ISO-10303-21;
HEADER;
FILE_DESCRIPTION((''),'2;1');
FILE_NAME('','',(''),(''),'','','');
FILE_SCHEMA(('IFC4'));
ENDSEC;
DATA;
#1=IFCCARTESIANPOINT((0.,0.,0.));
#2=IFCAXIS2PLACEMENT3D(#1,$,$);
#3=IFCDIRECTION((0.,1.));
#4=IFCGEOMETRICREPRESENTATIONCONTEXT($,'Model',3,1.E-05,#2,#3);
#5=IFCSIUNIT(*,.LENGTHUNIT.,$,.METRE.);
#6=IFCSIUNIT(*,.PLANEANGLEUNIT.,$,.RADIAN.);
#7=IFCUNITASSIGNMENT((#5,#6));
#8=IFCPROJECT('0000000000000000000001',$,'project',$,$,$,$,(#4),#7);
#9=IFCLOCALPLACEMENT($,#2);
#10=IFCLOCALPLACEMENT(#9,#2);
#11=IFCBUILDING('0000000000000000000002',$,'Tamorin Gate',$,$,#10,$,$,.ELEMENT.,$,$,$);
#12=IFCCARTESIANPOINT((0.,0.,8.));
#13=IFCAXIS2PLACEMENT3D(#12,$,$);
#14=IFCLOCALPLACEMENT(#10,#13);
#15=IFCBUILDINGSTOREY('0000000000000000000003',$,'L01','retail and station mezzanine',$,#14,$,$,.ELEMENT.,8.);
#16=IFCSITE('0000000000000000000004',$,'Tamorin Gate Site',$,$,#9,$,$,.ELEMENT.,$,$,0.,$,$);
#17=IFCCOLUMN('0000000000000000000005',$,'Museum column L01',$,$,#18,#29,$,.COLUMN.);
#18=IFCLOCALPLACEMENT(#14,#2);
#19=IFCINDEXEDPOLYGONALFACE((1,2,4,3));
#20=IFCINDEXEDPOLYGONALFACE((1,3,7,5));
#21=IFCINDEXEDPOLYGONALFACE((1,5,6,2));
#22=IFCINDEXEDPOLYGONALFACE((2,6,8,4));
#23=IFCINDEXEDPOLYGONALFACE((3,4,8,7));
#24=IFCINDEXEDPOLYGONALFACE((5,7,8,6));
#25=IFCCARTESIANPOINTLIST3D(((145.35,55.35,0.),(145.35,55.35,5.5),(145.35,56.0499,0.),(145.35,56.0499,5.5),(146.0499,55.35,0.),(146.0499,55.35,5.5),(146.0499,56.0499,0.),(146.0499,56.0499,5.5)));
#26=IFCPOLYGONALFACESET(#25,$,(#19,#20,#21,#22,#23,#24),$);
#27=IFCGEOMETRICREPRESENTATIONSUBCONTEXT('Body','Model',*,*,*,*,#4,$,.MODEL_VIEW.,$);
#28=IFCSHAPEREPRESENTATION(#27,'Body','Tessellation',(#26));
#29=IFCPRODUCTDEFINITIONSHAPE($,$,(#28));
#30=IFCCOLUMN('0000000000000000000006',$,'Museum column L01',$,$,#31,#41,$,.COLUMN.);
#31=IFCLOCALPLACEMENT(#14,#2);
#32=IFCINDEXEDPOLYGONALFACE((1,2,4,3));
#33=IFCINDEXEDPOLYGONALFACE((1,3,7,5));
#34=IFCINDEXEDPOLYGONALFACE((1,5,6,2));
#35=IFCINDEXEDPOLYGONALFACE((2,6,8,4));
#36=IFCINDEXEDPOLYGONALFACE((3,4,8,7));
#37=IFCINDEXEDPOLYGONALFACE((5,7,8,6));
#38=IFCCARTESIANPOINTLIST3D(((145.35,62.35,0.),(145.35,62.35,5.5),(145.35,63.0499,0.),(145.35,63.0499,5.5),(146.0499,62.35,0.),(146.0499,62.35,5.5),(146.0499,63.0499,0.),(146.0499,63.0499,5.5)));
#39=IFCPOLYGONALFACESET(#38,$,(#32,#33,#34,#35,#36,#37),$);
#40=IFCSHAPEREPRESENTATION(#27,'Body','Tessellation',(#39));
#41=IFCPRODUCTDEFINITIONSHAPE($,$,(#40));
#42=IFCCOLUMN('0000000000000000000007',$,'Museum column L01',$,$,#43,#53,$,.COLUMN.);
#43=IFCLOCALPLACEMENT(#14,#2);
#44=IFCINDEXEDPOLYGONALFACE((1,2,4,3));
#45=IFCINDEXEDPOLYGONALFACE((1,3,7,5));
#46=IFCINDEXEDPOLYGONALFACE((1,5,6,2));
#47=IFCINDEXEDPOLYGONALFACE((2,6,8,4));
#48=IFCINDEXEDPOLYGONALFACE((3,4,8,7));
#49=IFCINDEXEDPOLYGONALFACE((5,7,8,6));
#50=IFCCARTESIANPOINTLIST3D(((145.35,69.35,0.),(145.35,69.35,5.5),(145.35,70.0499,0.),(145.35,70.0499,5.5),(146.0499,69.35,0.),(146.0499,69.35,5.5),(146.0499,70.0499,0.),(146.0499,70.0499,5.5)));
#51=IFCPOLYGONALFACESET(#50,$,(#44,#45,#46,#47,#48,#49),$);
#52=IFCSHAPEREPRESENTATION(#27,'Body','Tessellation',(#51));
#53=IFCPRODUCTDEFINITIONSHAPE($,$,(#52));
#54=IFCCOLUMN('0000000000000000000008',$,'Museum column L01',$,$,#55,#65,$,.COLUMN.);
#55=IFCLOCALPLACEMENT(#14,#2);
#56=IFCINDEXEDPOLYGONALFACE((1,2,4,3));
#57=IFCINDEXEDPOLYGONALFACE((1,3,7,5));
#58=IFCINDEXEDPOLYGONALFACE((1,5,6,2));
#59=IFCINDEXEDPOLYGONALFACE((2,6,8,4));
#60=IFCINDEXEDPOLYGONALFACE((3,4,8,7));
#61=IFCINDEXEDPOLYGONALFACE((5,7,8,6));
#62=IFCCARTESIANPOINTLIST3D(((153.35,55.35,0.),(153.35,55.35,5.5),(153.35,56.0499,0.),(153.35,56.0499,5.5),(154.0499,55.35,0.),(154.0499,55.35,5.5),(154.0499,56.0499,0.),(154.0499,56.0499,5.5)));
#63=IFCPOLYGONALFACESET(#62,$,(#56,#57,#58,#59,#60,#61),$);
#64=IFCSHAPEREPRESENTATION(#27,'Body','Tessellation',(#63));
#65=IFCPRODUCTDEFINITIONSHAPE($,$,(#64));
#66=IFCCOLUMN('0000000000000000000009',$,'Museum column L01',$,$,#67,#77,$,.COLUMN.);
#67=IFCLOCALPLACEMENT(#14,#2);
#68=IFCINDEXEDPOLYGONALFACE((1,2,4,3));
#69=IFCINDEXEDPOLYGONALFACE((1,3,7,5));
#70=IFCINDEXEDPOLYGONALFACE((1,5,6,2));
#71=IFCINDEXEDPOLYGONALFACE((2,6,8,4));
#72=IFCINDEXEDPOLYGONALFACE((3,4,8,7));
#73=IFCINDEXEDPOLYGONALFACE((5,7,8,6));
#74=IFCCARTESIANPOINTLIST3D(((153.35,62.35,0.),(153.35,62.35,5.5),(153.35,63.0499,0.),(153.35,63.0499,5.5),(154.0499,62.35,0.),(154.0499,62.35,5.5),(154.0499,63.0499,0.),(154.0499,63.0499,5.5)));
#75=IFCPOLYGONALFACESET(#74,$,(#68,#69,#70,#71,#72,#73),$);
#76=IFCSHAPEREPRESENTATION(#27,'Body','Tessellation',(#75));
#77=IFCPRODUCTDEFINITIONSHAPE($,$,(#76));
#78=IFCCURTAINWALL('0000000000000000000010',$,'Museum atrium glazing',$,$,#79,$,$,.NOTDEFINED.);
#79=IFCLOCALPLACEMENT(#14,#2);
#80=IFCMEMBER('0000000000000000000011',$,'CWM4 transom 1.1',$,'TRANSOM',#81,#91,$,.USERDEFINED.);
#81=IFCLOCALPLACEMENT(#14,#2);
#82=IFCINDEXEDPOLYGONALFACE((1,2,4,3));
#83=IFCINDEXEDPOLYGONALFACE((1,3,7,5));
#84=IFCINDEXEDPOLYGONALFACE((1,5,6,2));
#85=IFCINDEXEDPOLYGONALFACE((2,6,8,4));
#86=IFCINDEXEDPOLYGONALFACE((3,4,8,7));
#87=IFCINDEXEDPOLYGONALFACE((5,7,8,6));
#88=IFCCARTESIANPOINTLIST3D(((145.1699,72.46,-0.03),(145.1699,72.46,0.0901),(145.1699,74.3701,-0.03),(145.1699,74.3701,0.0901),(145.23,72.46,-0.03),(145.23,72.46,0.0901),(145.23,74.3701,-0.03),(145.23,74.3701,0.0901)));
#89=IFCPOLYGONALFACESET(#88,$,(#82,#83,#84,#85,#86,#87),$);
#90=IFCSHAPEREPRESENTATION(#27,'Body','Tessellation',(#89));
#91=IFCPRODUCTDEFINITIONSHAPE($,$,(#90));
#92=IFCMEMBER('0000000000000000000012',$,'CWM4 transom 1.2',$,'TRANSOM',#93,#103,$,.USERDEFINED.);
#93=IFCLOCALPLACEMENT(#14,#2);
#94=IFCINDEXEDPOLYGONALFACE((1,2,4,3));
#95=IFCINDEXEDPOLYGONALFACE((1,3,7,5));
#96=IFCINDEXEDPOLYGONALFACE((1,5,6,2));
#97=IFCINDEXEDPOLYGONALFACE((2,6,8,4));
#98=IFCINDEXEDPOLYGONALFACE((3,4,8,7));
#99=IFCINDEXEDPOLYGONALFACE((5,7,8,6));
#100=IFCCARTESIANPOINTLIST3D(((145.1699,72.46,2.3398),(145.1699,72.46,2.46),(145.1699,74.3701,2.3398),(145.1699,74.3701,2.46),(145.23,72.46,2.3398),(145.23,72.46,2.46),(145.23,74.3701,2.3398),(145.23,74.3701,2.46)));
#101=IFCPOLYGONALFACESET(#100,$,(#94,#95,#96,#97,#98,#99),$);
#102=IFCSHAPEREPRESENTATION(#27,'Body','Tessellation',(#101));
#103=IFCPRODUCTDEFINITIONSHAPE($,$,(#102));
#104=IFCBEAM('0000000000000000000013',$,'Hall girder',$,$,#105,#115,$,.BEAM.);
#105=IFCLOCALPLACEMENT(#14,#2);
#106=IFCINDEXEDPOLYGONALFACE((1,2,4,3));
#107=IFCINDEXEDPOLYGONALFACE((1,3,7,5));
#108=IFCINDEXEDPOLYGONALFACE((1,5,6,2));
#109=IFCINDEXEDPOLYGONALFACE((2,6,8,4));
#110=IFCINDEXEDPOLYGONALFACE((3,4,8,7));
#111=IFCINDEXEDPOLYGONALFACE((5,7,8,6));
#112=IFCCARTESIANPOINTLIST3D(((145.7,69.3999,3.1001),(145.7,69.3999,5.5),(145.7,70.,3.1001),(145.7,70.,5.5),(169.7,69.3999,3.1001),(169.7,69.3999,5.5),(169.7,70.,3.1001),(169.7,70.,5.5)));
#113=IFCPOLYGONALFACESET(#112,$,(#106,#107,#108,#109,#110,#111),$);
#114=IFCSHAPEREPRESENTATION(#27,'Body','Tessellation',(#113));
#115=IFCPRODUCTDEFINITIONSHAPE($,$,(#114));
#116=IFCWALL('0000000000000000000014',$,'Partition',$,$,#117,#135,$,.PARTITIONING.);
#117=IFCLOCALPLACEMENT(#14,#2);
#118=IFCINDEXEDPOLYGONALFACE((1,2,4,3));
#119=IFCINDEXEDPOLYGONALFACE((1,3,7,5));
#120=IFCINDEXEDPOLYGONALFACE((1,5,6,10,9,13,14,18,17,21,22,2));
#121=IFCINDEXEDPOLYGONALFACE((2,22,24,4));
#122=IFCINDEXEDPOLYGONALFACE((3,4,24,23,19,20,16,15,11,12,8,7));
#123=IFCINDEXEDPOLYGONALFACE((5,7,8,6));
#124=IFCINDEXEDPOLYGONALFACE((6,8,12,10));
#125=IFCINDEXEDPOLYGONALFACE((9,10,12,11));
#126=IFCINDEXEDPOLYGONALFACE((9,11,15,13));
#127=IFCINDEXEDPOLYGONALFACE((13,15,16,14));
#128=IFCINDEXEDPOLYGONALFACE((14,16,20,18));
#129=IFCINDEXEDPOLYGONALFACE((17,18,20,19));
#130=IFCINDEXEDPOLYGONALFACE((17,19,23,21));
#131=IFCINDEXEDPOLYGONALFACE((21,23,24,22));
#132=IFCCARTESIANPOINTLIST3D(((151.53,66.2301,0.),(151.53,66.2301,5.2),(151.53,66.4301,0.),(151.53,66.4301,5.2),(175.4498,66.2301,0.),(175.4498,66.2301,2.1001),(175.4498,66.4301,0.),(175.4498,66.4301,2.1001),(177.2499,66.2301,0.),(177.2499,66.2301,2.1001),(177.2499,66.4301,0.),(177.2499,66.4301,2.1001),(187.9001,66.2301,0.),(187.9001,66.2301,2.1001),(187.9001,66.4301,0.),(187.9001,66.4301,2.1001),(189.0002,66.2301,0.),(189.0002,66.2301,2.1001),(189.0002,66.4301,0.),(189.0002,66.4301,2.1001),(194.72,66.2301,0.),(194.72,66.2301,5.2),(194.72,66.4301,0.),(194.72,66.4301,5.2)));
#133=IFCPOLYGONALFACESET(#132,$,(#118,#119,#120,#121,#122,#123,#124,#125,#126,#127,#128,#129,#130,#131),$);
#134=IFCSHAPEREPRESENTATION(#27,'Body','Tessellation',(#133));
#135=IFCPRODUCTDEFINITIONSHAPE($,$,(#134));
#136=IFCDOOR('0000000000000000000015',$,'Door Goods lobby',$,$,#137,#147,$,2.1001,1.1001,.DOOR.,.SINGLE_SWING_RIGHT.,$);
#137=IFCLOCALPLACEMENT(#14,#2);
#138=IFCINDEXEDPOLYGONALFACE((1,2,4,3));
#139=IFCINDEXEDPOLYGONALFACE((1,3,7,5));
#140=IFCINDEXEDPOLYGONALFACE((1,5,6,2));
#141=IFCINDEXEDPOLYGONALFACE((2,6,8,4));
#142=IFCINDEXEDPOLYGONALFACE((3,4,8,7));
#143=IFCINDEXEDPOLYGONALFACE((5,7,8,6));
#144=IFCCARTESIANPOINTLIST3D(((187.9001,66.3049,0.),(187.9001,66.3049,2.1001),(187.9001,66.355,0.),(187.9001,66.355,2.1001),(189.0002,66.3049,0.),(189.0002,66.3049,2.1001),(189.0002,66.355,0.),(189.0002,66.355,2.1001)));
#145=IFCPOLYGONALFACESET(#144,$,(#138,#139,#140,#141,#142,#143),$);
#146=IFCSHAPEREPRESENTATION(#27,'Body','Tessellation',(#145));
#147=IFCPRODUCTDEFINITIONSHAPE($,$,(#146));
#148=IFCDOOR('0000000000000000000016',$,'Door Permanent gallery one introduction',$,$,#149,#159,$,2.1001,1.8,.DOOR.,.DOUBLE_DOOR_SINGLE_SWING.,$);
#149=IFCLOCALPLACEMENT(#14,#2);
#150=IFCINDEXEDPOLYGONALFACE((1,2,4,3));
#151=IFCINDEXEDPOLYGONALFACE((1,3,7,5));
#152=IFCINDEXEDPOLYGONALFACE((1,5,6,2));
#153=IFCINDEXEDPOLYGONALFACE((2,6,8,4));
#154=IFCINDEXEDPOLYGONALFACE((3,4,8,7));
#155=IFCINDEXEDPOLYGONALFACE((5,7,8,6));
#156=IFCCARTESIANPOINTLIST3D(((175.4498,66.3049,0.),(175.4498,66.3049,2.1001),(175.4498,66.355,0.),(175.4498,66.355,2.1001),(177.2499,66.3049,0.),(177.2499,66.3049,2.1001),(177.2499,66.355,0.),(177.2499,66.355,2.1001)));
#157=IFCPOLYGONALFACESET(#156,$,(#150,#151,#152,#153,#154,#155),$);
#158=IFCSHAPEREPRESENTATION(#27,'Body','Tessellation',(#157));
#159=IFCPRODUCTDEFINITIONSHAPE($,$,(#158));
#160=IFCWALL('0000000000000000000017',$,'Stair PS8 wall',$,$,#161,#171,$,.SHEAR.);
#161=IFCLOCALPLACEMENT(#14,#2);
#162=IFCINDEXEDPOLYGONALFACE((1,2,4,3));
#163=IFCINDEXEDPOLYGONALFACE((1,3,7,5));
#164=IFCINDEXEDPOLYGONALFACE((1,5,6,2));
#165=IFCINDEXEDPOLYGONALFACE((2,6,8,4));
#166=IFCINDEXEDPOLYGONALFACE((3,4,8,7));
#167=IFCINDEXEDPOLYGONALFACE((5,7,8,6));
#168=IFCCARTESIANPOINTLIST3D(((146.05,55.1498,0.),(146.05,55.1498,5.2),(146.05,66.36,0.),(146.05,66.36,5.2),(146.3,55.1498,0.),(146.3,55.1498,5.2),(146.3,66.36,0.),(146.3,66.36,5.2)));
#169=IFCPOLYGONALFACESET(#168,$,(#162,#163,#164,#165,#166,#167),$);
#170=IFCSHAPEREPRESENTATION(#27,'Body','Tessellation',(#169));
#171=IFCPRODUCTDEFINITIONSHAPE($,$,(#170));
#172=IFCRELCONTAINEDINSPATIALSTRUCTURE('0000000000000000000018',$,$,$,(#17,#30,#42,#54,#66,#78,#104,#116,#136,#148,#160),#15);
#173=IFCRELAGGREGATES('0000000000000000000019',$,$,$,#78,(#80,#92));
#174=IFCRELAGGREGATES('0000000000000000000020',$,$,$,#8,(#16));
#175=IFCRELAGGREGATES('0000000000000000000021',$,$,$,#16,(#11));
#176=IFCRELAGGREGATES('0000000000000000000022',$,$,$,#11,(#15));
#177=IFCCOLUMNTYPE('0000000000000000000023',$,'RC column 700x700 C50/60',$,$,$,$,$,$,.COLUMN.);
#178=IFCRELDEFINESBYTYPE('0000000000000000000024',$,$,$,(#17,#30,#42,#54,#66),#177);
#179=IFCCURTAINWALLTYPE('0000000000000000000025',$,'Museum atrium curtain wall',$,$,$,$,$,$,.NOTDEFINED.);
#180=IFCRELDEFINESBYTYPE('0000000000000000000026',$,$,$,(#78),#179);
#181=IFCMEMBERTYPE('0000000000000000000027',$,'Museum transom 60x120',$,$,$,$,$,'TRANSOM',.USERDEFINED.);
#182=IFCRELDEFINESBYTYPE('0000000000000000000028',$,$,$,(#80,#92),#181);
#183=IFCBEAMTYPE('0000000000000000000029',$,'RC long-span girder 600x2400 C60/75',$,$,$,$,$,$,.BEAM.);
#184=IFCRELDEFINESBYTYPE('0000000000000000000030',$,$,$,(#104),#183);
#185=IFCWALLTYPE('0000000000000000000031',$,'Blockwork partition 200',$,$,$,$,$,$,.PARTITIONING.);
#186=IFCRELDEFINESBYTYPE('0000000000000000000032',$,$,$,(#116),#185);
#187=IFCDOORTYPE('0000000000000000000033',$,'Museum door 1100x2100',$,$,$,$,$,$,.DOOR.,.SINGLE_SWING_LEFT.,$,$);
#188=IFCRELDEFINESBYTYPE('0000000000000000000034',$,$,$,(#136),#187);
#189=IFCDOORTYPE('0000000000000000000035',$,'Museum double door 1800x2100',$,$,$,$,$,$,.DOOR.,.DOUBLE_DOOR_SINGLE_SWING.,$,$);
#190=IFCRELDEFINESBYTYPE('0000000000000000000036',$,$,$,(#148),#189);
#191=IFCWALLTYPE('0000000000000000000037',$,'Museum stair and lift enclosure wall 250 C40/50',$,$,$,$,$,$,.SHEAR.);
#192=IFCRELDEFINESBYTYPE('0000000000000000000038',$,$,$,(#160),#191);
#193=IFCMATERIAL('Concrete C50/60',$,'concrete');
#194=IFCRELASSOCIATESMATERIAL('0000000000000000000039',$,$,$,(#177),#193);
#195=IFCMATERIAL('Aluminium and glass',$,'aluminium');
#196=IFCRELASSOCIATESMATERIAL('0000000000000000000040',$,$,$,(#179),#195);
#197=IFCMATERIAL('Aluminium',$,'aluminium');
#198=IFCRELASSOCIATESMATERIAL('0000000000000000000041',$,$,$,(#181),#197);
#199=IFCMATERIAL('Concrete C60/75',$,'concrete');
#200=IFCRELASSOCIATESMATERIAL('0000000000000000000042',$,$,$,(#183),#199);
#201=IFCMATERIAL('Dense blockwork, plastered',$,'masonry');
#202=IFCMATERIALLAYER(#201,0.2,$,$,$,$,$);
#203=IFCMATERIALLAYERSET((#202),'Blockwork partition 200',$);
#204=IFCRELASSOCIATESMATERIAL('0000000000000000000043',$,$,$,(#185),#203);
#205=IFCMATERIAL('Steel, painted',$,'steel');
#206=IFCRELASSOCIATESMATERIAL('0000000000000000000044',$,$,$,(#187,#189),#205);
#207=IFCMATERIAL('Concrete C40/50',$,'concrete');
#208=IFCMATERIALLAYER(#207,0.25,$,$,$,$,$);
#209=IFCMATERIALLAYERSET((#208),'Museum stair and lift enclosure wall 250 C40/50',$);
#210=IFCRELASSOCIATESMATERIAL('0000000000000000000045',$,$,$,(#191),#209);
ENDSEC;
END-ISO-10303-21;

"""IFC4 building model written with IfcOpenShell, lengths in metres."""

from ifc_helpers import new_model, si_unit, direction, frame, frame_2d, origin, origin_2d, place, context, subcontext, project, spatial, rectangle, extrude, material, layer, layer_set, material_profile, profile_set, type_object, element, fill, aggregate, save


model = new_model("IFC4")

# Units and contexts
model_context = context("Model", 3, precision=1e-05, world=origin(), true_north=direction((0.0, 1.0)))
body_context = subcontext(model_context, "Body", "Model", "MODEL_VIEW")
ifc_project = project(units=[si_unit("LENGTHUNIT", "METRE"), si_unit("PLANEANGLEUNIT", "RADIAN")], contexts=[model_context])

# Site, building, storey
site_placement = place(None, origin())
site = spatial("IfcSite", under=ifc_project, at=site_placement, Name="Tamorin Gate Site", CompositionType="ELEMENT", RefElevation=0.0)
building_placement = place(site_placement, origin())
building = spatial("IfcBuilding", under=site, at=building_placement, Name="Tamorin Gate", CompositionType="ELEMENT")
storey_placement = place(building_placement, frame((0.0, 0.0, 8.0)))
storey = spatial("IfcBuildingStorey", under=building, at=storey_placement, Name="L01", Description="retail and station mezzanine", CompositionType="ELEMENT", Elevation=8.0)

# Columns
ifc_material_1 = material(Name="Concrete C50/60", Category="concrete")
ifc_material_profile_1 = material_profile(ifc_material_1, rectangle(XDim=0.7, YDim=0.7, at=origin_2d()), Name="RC 700x700")
ifc_profile_set_1 = profile_set([ifc_material_profile_1], Name="Concrete C50/60")
column_type = type_object("IfcColumnType", Name="RC column 700x700 C50/60", PredefinedType="COLUMN", material=ifc_profile_set_1)
for number, where, z_axis, x_axis, name in (
    (1, (145.7, 55.7, 0.0), (0.0, 0.0, 1.0), (1.0, 0.0, 0.0), "Museum column L01"),
    (2, (145.7, 62.7, 0.0), (0.0, 0.0, 1.0), (1.0, 0.0, 0.0), "Museum column L01"),
    (3, (145.7, 69.7, 0.0), (0.0, 0.0, 1.0), (1.0, 0.0, 0.0), "Museum column L01"),
    (4, (153.7, 55.7, 0.0), (0.0, 0.0, 1.0), (1.0, 0.0, 0.0), "Museum column L01"),
    (5, (153.7, 62.7, 0.0), (0.0, 0.0, 1.0), (1.0, 0.0, 0.0), "Museum column L01"),
):
    element("IfcColumn", number, at=place(storey_placement, frame(where, z_axis=z_axis, x_axis=x_axis)), inside=storey, type_object=column_type, Name=name, PredefinedType="COLUMN", context=body_context, shape_type="SweptSolid", body=[
        extrude(rectangle(XDim=0.7, YDim=0.7, at=origin_2d()), origin(), (0.0, 0.0, 1.0), 5.5),
    ])

# Curtain wall, members
ifc_material_2 = material(Name="Aluminium and glass", Category="aluminium")
curtain_wall_type = type_object("IfcCurtainWallType", Name="Museum atrium curtain wall", PredefinedType="NOTDEFINED", material=ifc_material_2)
curtain_wall_placement = place(storey_placement, origin())
curtain_wall = element("IfcCurtainWall", 6, at=curtain_wall_placement, inside=storey, type_object=curtain_wall_type, Name="Museum atrium glazing", PredefinedType="NOTDEFINED")
ifc_material_3 = material(Name="Aluminium", Category="aluminium")
ifc_material_profile_2 = material_profile(ifc_material_3, rectangle(XDim=0.0601, YDim=0.1201, at=origin_2d()), Name="RECT 60x120")
ifc_profile_set_2 = profile_set([ifc_material_profile_2], Name="Aluminium")
member_type = type_object("IfcMemberType", Name="Museum transom 60x120", ElementType="TRANSOM", PredefinedType="USERDEFINED", material=ifc_profile_set_2)
member_1_placement = place(storey_placement, frame((145.2, 72.46, 0.03), z_axis=(0.0, 1.0, 0.0), x_axis=(-1.0, 0.0, 0.0)))
member_1 = element("IfcMember", 7, at=member_1_placement, type_object=member_type, Name="CWM4 transom 1.1", ObjectType="TRANSOM", PredefinedType="USERDEFINED", context=body_context, shape_type="SweptSolid", body=[
    extrude(rectangle(XDim=0.0601, YDim=0.1201, at=origin_2d()), origin(), (0.0, 0.0, 1.0), 1.9102),
])
member_2_placement = place(storey_placement, frame((145.2, 72.46, 2.3999), z_axis=(0.0, 1.0, 0.0), x_axis=(-1.0, 0.0, 0.0)))
member_2 = element("IfcMember", 8, at=member_2_placement, type_object=member_type, Name="CWM4 transom 1.2", ObjectType="TRANSOM", PredefinedType="USERDEFINED", context=body_context, shape_type="SweptSolid", body=[
    extrude(rectangle(XDim=0.0601, YDim=0.1201, at=origin_2d()), origin(), (0.0, 0.0, 1.0), 1.9102),
])
aggregate(curtain_wall, [member_1, member_2])

# Beam
ifc_material_4 = material(Name="Concrete C60/75", Category="concrete")
ifc_material_profile_3 = material_profile(ifc_material_4, rectangle(XDim=0.6001, YDim=2.3999, at=origin_2d()))
ifc_profile_set_3 = profile_set([ifc_material_profile_3], Name="Concrete C60/75")
beam_type = type_object("IfcBeamType", Name="RC long-span girder 600x2400 C60/75", PredefinedType="BEAM", material=ifc_profile_set_3)
beam_placement = place(storey_placement, frame((145.7, 69.7, 4.3), z_axis=(1.0, 0.0, 0.0), x_axis=(0.0, 1.0, 0.0)))
element("IfcBeam", 9, at=beam_placement, inside=storey, type_object=beam_type, Name="Hall girder", PredefinedType="BEAM", context=body_context, shape_type="SweptSolid", body=[
    extrude(rectangle(XDim=0.6001, YDim=2.3999, at=origin_2d()), origin(), (0.0, 0.0, 1.0), 24.0),
])

# Wall, openings, doors
ifc_material_5 = material(Name="Dense blockwork, plastered", Category="masonry")
ifc_layer_1 = layer(ifc_material_5, 0.2)
ifc_layer_set_1 = layer_set([ifc_layer_1], Name="Blockwork partition 200")
wall_type_1 = type_object("IfcWallType", Name="Blockwork partition 200", PredefinedType="PARTITIONING", material=ifc_layer_set_1)
wall_1_placement = place(storey_placement, frame((151.53, 66.3301, 0.0), z_axis=(0.0, 0.0, 1.0), x_axis=(1.0, 0.0, 0.0)))
wall_1 = element("IfcWall", 10, at=wall_1_placement, inside=storey, type_object=wall_type_1, Name="Partition", PredefinedType="PARTITIONING", context=body_context, shape_type="SweptSolid", body=[
    extrude(rectangle(XDim=43.1899, YDim=0.2, at=frame_2d((21.595, 0.0))), origin(), (0.0, 0.0, 1.0), 5.2),
])
opening_1_placement = place(wall_1_placement, frame((23.9199, 0.0, 0.0)))
opening_1 = element("IfcOpeningElement", 11, at=opening_1_placement, cuts=wall_1, PredefinedType="OPENING", context=body_context, shape_type="SweptSolid", body=[
    extrude(rectangle(XDim=1.8, YDim=2.1001, at=frame_2d((0.8999, 1.05))), frame((0.0, 0.1099, 0.0), z_axis=(0.0, -1.0, 0.0), x_axis=(1.0, 0.0, 0.0)), (0.0, 0.0, 1.0), 0.22),
])
opening_2_placement = place(wall_1_placement, frame((36.3701, 0.0, 0.0)))
opening_2 = element("IfcOpeningElement", 12, at=opening_2_placement, cuts=wall_1, PredefinedType="OPENING", context=body_context, shape_type="SweptSolid", body=[
    extrude(rectangle(XDim=1.1001, YDim=2.1001, at=frame_2d((0.55, 1.05))), frame((0.0, 0.1099, 0.0), z_axis=(0.0, -1.0, 0.0), x_axis=(1.0, 0.0, 0.0)), (0.0, 0.0, 1.0), 0.22),
])
ifc_material_6 = material(Name="Steel, painted", Category="steel")
door_type_1 = type_object("IfcDoorType", Name="Museum door 1100x2100", OperationType="SINGLE_SWING_LEFT", PredefinedType="DOOR", material=ifc_material_6)
door_1_placement = place(opening_2_placement, origin())
door_1 = element("IfcDoor", 13, at=door_1_placement, inside=storey, type_object=door_type_1, Name="Door Goods lobby", OperationType="SINGLE_SWING_RIGHT", OverallHeight=2.1001, OverallWidth=1.1001, PredefinedType="DOOR", context=body_context, shape_type="SweptSolid", body=[
    extrude(rectangle(XDim=1.1001, YDim=2.1001, at=frame_2d((0.55, 1.05))), frame((0.0, 0.0249, 0.0), z_axis=(0.0, -1.0, 0.0), x_axis=(1.0, 0.0, 0.0)), (0.0, 0.0, 1.0), 0.05),
])
fill(opening_2, door_1)
door_type_2 = type_object("IfcDoorType", Name="Museum double door 1800x2100", OperationType="DOUBLE_DOOR_SINGLE_SWING", PredefinedType="DOOR", material=ifc_material_6)
door_2_placement = place(opening_1_placement, origin())
door_2 = element("IfcDoor", 14, at=door_2_placement, inside=storey, type_object=door_type_2, Name="Door Permanent gallery one introduction", OperationType="DOUBLE_DOOR_SINGLE_SWING", OverallHeight=2.1001, OverallWidth=1.8, PredefinedType="DOOR", context=body_context, shape_type="SweptSolid", body=[
    extrude(rectangle(XDim=1.8, YDim=2.1001, at=frame_2d((0.8999, 1.05))), frame((0.0, 0.0249, 0.0), z_axis=(0.0, -1.0, 0.0), x_axis=(1.0, 0.0, 0.0)), (0.0, 0.0, 1.0), 0.05),
])
fill(opening_1, door_2)

# Wall
ifc_material_7 = material(Name="Concrete C40/50", Category="concrete")
ifc_layer_2 = layer(ifc_material_7, 0.25)
ifc_layer_set_2 = layer_set([ifc_layer_2], Name="Museum stair and lift enclosure wall 250 C40/50")
wall_type_2 = type_object("IfcWallType", Name="Museum stair and lift enclosure wall 250 C40/50", PredefinedType="SHEAR", material=ifc_layer_set_2)
wall_2_placement = place(storey_placement, frame((146.175, 55.1499, 0.0), z_axis=(0.0, 0.0, 1.0), x_axis=(0.0, 1.0, 0.0)))
element("IfcWall", 15, at=wall_2_placement, inside=storey, type_object=wall_type_2, Name="Stair PS8 wall", PredefinedType="SHEAR", context=body_context, shape_type="SweptSolid", body=[
    extrude(rectangle(XDim=11.2102, YDim=0.25, at=frame_2d((5.605, 0.0))), origin(), (0.0, 0.0, 1.0), 5.2),
])

save(model, "model.ifc")
